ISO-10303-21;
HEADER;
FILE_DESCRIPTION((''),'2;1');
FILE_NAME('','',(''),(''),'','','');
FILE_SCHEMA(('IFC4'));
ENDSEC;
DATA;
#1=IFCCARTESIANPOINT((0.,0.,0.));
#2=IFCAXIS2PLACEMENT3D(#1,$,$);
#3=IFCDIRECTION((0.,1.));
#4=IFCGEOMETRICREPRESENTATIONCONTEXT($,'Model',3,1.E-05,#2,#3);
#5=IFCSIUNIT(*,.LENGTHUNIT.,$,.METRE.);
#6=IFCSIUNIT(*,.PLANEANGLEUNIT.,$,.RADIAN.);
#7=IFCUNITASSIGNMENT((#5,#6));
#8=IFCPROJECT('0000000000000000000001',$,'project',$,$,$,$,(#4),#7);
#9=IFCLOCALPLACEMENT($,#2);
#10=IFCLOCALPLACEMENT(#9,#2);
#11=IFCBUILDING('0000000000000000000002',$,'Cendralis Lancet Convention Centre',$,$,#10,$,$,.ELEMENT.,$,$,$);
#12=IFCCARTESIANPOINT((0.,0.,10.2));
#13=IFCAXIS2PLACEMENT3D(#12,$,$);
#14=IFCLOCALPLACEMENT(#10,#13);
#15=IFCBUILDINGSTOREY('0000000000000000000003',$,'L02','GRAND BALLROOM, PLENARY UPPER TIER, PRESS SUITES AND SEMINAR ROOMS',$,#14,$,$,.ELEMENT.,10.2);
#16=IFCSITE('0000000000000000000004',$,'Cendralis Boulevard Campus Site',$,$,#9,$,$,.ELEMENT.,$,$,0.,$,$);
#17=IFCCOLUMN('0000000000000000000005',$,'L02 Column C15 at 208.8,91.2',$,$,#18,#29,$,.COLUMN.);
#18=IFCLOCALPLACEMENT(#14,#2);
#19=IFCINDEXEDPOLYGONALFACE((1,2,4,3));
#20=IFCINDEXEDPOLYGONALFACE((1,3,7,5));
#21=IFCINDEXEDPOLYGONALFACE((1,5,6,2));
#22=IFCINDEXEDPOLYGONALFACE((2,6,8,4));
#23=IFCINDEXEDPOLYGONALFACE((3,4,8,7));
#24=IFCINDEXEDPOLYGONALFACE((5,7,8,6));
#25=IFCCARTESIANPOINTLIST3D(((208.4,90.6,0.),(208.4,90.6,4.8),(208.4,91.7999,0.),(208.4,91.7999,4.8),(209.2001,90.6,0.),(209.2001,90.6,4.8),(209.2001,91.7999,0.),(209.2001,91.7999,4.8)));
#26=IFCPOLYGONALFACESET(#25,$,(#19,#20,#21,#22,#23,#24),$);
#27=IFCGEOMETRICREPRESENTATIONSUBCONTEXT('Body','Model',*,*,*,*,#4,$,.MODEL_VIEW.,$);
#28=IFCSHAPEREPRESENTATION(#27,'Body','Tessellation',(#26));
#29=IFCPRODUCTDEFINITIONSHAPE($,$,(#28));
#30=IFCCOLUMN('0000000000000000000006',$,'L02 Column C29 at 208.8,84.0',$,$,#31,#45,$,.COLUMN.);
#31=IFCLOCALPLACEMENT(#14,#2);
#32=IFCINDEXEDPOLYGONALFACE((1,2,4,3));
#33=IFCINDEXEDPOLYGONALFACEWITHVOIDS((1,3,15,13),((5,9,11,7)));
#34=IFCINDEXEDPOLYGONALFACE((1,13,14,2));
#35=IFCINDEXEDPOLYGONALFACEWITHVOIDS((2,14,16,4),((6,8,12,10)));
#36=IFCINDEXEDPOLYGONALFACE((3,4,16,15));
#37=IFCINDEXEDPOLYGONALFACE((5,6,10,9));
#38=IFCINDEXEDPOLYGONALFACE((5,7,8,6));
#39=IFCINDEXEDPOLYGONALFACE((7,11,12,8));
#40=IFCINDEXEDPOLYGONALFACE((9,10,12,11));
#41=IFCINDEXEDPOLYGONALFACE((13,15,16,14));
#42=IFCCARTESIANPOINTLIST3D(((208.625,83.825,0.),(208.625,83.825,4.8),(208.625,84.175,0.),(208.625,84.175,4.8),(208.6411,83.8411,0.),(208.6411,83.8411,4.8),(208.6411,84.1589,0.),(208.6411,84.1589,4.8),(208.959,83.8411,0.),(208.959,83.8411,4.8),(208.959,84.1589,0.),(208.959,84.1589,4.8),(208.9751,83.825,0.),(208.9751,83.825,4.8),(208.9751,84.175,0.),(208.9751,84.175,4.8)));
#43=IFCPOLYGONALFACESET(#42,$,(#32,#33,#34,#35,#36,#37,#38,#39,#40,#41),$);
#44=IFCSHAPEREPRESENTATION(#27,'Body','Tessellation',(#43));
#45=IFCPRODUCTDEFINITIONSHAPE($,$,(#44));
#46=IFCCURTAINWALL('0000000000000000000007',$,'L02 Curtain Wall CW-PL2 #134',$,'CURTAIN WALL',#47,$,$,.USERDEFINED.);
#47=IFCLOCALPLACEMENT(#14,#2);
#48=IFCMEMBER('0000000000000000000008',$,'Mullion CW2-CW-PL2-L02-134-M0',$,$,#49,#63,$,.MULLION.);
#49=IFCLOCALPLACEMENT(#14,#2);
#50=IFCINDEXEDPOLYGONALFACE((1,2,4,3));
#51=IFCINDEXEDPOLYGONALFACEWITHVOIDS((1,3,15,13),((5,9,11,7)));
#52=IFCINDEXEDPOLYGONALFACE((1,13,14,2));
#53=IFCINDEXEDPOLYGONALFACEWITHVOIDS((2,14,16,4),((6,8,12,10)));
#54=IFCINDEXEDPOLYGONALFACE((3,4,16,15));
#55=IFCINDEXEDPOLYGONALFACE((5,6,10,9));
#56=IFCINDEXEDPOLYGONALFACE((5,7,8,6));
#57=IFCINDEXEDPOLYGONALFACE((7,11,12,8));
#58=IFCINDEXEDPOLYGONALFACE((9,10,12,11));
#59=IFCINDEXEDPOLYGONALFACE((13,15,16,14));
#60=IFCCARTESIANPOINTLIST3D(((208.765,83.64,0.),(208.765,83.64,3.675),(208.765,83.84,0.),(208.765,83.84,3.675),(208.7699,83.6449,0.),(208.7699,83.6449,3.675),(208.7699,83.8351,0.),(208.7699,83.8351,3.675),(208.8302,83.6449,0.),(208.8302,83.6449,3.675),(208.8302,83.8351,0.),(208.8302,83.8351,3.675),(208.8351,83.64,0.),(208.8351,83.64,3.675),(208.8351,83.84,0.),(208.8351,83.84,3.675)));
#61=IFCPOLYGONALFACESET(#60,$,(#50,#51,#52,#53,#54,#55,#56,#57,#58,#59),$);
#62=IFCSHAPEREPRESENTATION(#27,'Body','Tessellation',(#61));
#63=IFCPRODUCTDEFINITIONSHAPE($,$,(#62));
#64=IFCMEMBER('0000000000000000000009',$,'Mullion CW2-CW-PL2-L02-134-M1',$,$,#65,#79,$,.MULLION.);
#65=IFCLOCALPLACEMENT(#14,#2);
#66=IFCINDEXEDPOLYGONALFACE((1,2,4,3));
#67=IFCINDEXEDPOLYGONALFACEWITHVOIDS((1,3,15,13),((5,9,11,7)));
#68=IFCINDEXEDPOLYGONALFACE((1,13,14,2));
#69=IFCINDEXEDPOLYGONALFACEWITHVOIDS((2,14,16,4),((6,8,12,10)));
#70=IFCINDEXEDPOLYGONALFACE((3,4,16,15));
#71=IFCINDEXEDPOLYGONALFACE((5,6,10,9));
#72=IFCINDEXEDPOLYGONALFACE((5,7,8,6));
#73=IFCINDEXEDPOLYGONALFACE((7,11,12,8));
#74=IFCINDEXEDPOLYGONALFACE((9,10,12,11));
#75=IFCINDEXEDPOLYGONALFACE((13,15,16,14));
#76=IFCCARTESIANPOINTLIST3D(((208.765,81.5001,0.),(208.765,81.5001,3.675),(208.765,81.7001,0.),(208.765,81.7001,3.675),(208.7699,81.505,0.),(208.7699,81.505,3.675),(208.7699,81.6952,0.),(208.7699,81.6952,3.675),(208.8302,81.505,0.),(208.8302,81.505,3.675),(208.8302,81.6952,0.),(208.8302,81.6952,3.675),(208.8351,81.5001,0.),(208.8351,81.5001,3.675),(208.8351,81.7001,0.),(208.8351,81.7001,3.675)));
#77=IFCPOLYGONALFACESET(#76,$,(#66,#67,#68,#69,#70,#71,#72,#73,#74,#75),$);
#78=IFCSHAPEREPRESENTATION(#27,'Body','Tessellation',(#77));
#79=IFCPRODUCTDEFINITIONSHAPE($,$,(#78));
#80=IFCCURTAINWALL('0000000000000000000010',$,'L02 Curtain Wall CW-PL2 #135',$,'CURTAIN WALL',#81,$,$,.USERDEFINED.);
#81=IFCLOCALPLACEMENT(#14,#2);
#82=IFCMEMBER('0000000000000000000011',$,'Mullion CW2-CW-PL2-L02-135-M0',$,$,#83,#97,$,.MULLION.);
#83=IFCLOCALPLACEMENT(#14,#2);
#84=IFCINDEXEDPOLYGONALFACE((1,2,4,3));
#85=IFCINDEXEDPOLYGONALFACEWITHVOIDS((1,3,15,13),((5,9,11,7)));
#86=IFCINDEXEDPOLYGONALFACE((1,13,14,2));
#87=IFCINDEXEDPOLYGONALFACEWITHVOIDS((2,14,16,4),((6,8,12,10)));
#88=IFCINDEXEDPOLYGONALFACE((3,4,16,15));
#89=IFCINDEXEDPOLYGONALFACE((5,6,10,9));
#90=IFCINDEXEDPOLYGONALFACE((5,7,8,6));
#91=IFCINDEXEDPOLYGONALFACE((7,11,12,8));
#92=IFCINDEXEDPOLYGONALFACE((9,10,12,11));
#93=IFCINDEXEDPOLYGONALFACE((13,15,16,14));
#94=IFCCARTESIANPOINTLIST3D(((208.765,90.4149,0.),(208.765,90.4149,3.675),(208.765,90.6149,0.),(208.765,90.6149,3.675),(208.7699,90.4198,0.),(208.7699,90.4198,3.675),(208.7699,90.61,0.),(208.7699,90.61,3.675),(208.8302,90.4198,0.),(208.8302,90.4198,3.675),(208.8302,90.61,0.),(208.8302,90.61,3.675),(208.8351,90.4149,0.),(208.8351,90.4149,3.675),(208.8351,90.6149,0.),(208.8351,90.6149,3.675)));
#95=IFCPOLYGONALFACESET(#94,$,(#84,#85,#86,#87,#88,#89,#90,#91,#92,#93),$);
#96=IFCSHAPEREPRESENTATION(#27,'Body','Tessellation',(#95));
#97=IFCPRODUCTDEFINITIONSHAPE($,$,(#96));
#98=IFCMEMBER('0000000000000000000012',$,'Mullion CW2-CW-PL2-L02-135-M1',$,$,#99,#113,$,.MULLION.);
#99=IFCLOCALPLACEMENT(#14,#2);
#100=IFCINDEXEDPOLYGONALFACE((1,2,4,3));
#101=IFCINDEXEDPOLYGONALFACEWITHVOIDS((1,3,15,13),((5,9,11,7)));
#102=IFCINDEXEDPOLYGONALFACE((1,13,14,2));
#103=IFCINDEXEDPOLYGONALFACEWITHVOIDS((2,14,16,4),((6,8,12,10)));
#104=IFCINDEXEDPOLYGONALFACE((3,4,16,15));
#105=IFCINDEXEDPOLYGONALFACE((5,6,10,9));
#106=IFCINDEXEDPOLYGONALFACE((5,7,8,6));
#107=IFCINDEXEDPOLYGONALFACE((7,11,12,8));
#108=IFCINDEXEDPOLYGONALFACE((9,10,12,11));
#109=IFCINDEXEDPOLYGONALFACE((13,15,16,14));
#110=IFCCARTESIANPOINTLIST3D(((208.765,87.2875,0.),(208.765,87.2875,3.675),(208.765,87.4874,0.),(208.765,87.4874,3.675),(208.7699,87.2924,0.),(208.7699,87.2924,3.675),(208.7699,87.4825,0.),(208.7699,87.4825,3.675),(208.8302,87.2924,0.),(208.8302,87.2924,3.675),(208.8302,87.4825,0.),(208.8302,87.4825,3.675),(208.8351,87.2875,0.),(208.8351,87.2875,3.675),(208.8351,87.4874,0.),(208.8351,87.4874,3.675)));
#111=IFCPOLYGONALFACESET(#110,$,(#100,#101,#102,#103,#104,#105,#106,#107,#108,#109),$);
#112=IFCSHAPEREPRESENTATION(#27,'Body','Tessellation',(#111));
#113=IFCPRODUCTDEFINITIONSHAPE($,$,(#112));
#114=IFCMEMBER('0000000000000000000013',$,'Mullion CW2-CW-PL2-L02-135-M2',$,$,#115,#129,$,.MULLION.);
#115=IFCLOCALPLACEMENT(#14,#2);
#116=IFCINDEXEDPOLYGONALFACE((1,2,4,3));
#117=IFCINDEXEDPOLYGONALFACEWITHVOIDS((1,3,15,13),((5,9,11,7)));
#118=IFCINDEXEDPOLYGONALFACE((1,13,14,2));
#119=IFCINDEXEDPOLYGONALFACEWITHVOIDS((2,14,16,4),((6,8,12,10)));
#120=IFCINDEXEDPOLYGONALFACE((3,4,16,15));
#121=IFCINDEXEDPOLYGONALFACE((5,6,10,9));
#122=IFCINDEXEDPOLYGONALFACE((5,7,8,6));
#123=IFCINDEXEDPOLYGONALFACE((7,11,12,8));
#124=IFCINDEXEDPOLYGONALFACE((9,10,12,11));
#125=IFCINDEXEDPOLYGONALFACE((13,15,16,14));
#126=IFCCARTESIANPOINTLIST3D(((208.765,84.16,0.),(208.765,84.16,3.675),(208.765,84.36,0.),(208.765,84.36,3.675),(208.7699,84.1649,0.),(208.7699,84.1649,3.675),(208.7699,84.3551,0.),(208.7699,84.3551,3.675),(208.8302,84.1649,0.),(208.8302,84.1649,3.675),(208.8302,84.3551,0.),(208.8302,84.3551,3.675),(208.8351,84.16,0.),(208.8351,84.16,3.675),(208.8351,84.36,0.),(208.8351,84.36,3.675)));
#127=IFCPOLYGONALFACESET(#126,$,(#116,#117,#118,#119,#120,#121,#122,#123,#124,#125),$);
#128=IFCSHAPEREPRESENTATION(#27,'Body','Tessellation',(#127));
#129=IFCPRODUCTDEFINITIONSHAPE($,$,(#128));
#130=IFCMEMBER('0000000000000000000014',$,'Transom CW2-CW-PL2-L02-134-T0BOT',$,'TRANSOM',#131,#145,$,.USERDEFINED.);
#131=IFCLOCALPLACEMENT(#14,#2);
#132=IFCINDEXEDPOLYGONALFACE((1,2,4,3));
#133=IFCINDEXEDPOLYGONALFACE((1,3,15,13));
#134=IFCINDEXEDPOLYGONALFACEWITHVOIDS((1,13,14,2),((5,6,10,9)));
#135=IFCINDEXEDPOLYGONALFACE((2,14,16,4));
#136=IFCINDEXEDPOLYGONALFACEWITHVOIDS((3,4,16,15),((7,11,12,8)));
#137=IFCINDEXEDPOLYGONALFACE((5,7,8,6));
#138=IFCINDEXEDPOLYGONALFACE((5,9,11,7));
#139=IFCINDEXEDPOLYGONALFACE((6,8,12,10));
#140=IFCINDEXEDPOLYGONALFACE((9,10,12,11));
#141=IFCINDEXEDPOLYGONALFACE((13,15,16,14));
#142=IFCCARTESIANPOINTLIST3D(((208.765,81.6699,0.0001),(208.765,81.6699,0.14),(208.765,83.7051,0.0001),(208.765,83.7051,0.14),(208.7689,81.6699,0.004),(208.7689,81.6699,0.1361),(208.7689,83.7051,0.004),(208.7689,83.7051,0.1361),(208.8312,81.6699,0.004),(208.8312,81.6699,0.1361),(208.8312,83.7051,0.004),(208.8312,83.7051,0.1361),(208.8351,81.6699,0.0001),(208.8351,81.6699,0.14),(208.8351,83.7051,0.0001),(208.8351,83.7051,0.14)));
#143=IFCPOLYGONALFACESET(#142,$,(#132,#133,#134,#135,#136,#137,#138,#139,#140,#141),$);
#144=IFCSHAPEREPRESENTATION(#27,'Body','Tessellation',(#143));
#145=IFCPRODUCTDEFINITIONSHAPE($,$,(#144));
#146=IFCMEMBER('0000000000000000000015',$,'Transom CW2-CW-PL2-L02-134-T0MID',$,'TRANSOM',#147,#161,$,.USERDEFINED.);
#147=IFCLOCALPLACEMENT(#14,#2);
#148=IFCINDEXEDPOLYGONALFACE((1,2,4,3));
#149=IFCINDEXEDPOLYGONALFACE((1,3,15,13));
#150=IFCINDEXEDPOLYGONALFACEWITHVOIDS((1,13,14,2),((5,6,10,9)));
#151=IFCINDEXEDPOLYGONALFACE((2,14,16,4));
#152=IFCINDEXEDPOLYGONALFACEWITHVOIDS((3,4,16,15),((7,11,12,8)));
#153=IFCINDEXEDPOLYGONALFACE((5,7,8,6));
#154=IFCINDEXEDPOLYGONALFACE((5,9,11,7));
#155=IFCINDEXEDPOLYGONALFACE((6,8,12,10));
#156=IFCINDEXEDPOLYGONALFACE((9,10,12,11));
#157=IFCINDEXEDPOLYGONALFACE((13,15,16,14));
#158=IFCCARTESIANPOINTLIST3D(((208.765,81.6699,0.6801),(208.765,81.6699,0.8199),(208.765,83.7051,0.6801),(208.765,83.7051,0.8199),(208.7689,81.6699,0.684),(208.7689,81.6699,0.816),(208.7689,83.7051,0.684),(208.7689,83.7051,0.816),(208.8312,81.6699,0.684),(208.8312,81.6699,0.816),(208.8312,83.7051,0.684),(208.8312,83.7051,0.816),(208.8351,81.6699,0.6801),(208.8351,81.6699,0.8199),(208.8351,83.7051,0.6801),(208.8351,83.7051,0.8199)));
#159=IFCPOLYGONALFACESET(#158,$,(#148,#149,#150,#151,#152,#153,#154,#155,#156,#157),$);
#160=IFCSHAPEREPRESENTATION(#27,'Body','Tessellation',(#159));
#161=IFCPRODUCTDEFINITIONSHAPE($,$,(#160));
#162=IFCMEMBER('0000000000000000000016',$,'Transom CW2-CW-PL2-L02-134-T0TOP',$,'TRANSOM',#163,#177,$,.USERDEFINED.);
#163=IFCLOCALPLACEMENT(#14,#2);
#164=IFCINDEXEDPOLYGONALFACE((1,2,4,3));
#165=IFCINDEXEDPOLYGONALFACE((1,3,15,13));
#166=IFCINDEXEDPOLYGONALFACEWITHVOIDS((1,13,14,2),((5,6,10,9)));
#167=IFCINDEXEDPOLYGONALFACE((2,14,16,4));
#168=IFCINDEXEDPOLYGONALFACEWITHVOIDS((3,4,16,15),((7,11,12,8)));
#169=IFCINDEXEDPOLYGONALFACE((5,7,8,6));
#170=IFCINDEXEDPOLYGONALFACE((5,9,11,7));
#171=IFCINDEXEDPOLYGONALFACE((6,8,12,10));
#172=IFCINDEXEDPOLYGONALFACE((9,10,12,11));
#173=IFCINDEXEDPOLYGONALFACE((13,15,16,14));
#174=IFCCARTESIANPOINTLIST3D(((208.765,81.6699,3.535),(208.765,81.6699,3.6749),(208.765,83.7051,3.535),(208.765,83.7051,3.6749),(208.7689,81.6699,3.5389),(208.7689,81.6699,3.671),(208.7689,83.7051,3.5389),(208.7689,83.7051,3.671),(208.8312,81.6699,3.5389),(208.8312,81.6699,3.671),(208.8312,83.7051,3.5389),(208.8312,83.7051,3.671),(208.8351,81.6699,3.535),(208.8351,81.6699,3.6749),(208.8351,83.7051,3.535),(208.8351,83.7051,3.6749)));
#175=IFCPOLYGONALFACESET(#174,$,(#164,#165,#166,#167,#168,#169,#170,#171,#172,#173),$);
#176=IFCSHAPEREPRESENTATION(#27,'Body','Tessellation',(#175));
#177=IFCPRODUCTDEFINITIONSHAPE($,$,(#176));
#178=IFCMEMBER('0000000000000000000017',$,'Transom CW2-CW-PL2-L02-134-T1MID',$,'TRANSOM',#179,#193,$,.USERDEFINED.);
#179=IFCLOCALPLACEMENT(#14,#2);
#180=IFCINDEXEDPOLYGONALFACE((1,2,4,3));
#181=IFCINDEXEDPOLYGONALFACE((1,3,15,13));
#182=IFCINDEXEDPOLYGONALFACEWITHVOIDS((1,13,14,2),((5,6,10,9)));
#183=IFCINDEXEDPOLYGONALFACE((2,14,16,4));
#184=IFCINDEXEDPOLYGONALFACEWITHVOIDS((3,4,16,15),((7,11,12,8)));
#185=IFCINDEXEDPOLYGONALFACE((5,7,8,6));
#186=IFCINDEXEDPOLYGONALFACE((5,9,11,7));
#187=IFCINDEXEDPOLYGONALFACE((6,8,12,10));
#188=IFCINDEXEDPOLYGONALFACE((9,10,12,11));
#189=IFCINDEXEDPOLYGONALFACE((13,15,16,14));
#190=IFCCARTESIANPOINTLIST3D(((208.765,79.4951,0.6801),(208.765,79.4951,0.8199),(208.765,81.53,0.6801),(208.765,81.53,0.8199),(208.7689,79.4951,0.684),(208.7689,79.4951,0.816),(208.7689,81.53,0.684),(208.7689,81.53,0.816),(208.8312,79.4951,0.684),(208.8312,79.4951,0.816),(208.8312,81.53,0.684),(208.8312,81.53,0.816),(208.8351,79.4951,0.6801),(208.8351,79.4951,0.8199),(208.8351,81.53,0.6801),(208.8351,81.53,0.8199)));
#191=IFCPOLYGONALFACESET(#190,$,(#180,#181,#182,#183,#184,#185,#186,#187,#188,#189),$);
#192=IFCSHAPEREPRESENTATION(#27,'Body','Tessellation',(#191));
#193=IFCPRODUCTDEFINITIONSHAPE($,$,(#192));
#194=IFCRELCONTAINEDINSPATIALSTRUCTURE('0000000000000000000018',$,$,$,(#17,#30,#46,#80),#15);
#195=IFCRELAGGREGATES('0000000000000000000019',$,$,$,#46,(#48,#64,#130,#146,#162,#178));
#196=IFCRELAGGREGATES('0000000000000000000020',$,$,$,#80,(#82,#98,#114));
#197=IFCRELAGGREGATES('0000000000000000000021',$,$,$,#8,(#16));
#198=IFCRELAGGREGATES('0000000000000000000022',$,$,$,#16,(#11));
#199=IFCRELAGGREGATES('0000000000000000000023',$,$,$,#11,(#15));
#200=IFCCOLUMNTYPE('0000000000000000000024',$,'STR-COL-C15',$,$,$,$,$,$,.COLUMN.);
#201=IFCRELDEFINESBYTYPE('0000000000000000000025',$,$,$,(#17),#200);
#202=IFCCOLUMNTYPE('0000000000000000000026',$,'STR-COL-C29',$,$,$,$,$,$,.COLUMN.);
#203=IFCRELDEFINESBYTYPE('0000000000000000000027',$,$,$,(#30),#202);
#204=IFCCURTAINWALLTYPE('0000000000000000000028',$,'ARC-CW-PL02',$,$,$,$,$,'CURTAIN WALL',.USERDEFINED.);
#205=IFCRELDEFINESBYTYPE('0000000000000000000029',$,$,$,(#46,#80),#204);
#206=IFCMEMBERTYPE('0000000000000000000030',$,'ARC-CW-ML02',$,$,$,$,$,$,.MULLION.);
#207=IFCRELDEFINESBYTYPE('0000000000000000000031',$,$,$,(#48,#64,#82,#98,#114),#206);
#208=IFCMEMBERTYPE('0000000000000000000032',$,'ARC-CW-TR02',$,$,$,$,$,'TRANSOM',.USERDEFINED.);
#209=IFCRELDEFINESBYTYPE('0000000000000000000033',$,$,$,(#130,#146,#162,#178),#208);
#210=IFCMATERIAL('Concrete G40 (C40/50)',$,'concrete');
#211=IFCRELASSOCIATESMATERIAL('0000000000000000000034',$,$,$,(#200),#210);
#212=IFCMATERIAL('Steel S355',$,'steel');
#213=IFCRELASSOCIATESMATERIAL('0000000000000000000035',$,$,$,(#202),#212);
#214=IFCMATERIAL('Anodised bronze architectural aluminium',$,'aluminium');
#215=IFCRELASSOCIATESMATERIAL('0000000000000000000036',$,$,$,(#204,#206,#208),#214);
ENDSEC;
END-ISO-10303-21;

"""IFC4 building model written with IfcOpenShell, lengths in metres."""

from ifc_helpers import new_model, si_unit, direction, frame, origin, origin_2d, place, context, subcontext, project, spatial, rectangle, hollow_rectangle, extrude, material, material_profile, profile_set, type_object, element, aggregate, save


model = new_model("IFC4")

# Units and contexts
model_context = context("Model", 3, precision=1e-05, world=origin(), true_north=direction((0.0, 1.0)))
body_context = subcontext(model_context, "Body", "Model", "MODEL_VIEW")
ifc_project = project(units=[si_unit("LENGTHUNIT", "METRE"), si_unit("PLANEANGLEUNIT", "RADIAN")], contexts=[model_context])

# Site, building, storey
site_placement = place(None, origin())
site = spatial("IfcSite", under=ifc_project, at=site_placement, Name="Cendralis Boulevard Campus Site", CompositionType="ELEMENT", RefElevation=0.0)
building_placement = place(site_placement, origin())
building = spatial("IfcBuilding", under=site, at=building_placement, Name="Cendralis Lancet Convention Centre", CompositionType="ELEMENT")
storey_placement = place(building_placement, frame((0.0, 0.0, 10.2)))
storey = spatial("IfcBuildingStorey", under=building, at=storey_placement, Name="L02", Description="GRAND BALLROOM, PLENARY UPPER TIER, PRESS SUITES AND SEMINAR ROOMS", CompositionType="ELEMENT", Elevation=10.2)

# Columns
ifc_material_1 = material(Name="Concrete G40 (C40/50)", Category="concrete")
ifc_material_profile_1 = material_profile(ifc_material_1, rectangle(XDim=0.8, YDim=1.2, at=origin_2d()), Name="RC 800x1200")
ifc_profile_set_1 = profile_set([ifc_material_profile_1], Name="Concrete G40 (C40/50)")
column_type_1 = type_object("IfcColumnType", Name="STR-COL-C15", PredefinedType="COLUMN", material=ifc_profile_set_1)
column_1_placement = place(storey_placement, frame((208.8, 91.2, 0.0), z_axis=(0.0, 0.0, 1.0), x_axis=(1.0, 0.0, 0.0)))
element("IfcColumn", 1, at=column_1_placement, inside=storey, type_object=column_type_1, Name="L02 Column C15 at 208.8,91.2", PredefinedType="COLUMN", context=body_context, shape_type="SweptSolid", body=[
    extrude(rectangle(XDim=0.8, YDim=1.2, at=origin_2d()), origin(), (0.0, 0.0, 1.0), 4.8),
])
ifc_material_2 = material(Name="Steel S355", Category="steel")
ifc_material_profile_2 = material_profile(ifc_material_2, hollow_rectangle(XDim=0.3501, YDim=0.3501, WallThickness=0.0161, at=origin_2d()), Name="SHS 350x350x16.0")
ifc_profile_set_2 = profile_set([ifc_material_profile_2], Name="Steel S355")
column_type_2 = type_object("IfcColumnType", Name="STR-COL-C29", PredefinedType="COLUMN", material=ifc_profile_set_2)
column_2_placement = place(storey_placement, frame((208.8, 84.0, 0.0), z_axis=(0.0, 0.0, 1.0), x_axis=(1.0, 0.0, 0.0)))
element("IfcColumn", 2, at=column_2_placement, inside=storey, type_object=column_type_2, Name="L02 Column C29 at 208.8,84.0", PredefinedType="COLUMN", context=body_context, shape_type="SweptSolid", body=[
    extrude(hollow_rectangle(XDim=0.3501, YDim=0.3501, WallThickness=0.0161, at=origin_2d()), origin(), (0.0, 0.0, 1.0), 4.8),
])

# Curtain walls, members
ifc_material_3 = material(Name="Anodised bronze architectural aluminium", Category="aluminium")
curtain_wall_type = type_object("IfcCurtainWallType", Name="ARC-CW-PL02", ElementType="CURTAIN WALL", PredefinedType="USERDEFINED", material=ifc_material_3)
curtain_wall_1_placement = place(storey_placement, origin())
curtain_wall_1 = element("IfcCurtainWall", 3, at=curtain_wall_1_placement, inside=storey, type_object=curtain_wall_type, Name="L02 Curtain Wall CW-PL2 #134", ObjectType="CURTAIN WALL", PredefinedType="USERDEFINED")
ifc_material_profile_3 = material_profile(ifc_material_3, hollow_rectangle(XDim=0.0701, YDim=0.2, WallThickness=0.0049, at=origin_2d()), Name="AL-MULL 70x200x5.0")
ifc_profile_set_3 = profile_set([ifc_material_profile_3], Name="Anodised bronze architectural aluminium")
member_type_1 = type_object("IfcMemberType", Name="ARC-CW-ML02", PredefinedType="MULLION", material=ifc_profile_set_3)
member_1_placement = place(storey_placement, frame((208.8, 83.74, 0.0), z_axis=(0.0, 0.0, 1.0), x_axis=(1.0, 0.0, 0.0)))
member_1 = element("IfcMember", 4, at=member_1_placement, type_object=member_type_1, Name="Mullion CW2-CW-PL2-L02-134-M0", PredefinedType="MULLION", context=body_context, shape_type="SweptSolid", body=[
    extrude(hollow_rectangle(XDim=0.0701, YDim=0.2, WallThickness=0.0049, at=origin_2d()), origin(), (0.0, 0.0, 1.0), 3.675),
])
member_2_placement = place(storey_placement, frame((208.8, 81.6001, 0.0), z_axis=(0.0, 0.0, 1.0), x_axis=(1.0, 0.0, 0.0)))
member_2 = element("IfcMember", 5, at=member_2_placement, type_object=member_type_1, Name="Mullion CW2-CW-PL2-L02-134-M1", PredefinedType="MULLION", context=body_context, shape_type="SweptSolid", body=[
    extrude(hollow_rectangle(XDim=0.0701, YDim=0.2, WallThickness=0.0049, at=origin_2d()), origin(), (0.0, 0.0, 1.0), 3.675),
])
curtain_wall_2_placement = place(storey_placement, origin())
curtain_wall_2 = element("IfcCurtainWall", 6, at=curtain_wall_2_placement, inside=storey, type_object=curtain_wall_type, Name="L02 Curtain Wall CW-PL2 #135", ObjectType="CURTAIN WALL", PredefinedType="USERDEFINED")
member_3_placement = place(storey_placement, frame((208.8, 90.5149, 0.0), z_axis=(0.0, 0.0, 1.0), x_axis=(1.0, 0.0, 0.0)))
member_3 = element("IfcMember", 7, at=member_3_placement, type_object=member_type_1, Name="Mullion CW2-CW-PL2-L02-135-M0", PredefinedType="MULLION", context=body_context, shape_type="SweptSolid", body=[
    extrude(hollow_rectangle(XDim=0.0701, YDim=0.2, WallThickness=0.0049, at=origin_2d()), origin(), (0.0, 0.0, 1.0), 3.675),
])
member_4_placement = place(storey_placement, frame((208.8, 87.3875, 0.0), z_axis=(0.0, 0.0, 1.0), x_axis=(1.0, 0.0, 0.0)))
member_4 = element("IfcMember", 8, at=member_4_placement, type_object=member_type_1, Name="Mullion CW2-CW-PL2-L02-135-M1", PredefinedType="MULLION", context=body_context, shape_type="SweptSolid", body=[
    extrude(hollow_rectangle(XDim=0.0701, YDim=0.2, WallThickness=0.0049, at=origin_2d()), origin(), (0.0, 0.0, 1.0), 3.675),
])
member_5_placement = place(storey_placement, frame((208.8, 84.26, 0.0), z_axis=(0.0, 0.0, 1.0), x_axis=(1.0, 0.0, 0.0)))
member_5 = element("IfcMember", 9, at=member_5_placement, type_object=member_type_1, Name="Mullion CW2-CW-PL2-L02-135-M2", PredefinedType="MULLION", context=body_context, shape_type="SweptSolid", body=[
    extrude(hollow_rectangle(XDim=0.0701, YDim=0.2, WallThickness=0.0049, at=origin_2d()), origin(), (0.0, 0.0, 1.0), 3.675),
])

# Members
ifc_material_profile_4 = material_profile(ifc_material_3, hollow_rectangle(XDim=0.0701, YDim=0.1399, WallThickness=0.0039, at=origin_2d()), Name="AL-TRAN 70x140x4.0")
ifc_profile_set_4 = profile_set([ifc_material_profile_4], Name="Anodised bronze architectural aluminium")
member_type_2 = type_object("IfcMemberType", Name="ARC-CW-TR02", ElementType="TRANSOM", PredefinedType="USERDEFINED", material=ifc_profile_set_4)
member_6_placement = place(storey_placement, frame((208.8, 83.7051, 0.0701), z_axis=(0.0, -1.0, 0.0), x_axis=(1.0, 0.0, 0.0)))
member_6 = element("IfcMember", 10, at=member_6_placement, type_object=member_type_2, Name="Transom CW2-CW-PL2-L02-134-T0BOT", ObjectType="TRANSOM", PredefinedType="USERDEFINED", context=body_context, shape_type="SweptSolid", body=[
    extrude(hollow_rectangle(XDim=0.0701, YDim=0.1399, WallThickness=0.0039, at=origin_2d()), origin(), (0.0, 0.0, 1.0), 2.0352),
])
member_7_placement = place(storey_placement, frame((208.8, 83.7051, 0.75), z_axis=(0.0, -1.0, 0.0), x_axis=(1.0, 0.0, 0.0)))
member_7 = element("IfcMember", 11, at=member_7_placement, type_object=member_type_2, Name="Transom CW2-CW-PL2-L02-134-T0MID", ObjectType="TRANSOM", PredefinedType="USERDEFINED", context=body_context, shape_type="SweptSolid", body=[
    extrude(hollow_rectangle(XDim=0.0701, YDim=0.1399, WallThickness=0.0039, at=origin_2d()), origin(), (0.0, 0.0, 1.0), 2.0352),
])
member_8_placement = place(storey_placement, frame((208.8, 83.7051, 3.605), z_axis=(0.0, -1.0, 0.0), x_axis=(1.0, 0.0, 0.0)))
member_8 = element("IfcMember", 12, at=member_8_placement, type_object=member_type_2, Name="Transom CW2-CW-PL2-L02-134-T0TOP", ObjectType="TRANSOM", PredefinedType="USERDEFINED", context=body_context, shape_type="SweptSolid", body=[
    extrude(hollow_rectangle(XDim=0.0701, YDim=0.1399, WallThickness=0.0039, at=origin_2d()), origin(), (0.0, 0.0, 1.0), 2.0352),
])
member_9_placement = place(storey_placement, frame((208.8, 81.53, 0.75), z_axis=(0.0, -1.0, 0.0), x_axis=(1.0, 0.0, 0.0)))
member_9 = element("IfcMember", 13, at=member_9_placement, type_object=member_type_2, Name="Transom CW2-CW-PL2-L02-134-T1MID", ObjectType="TRANSOM", PredefinedType="USERDEFINED", context=body_context, shape_type="SweptSolid", body=[
    extrude(hollow_rectangle(XDim=0.0701, YDim=0.1399, WallThickness=0.0039, at=origin_2d()), origin(), (0.0, 0.0, 1.0), 2.0349),
])

aggregate(curtain_wall_1, [member_1, member_2, member_6, member_7, member_8, member_9])
aggregate(curtain_wall_2, [member_3, member_4, member_5])

save(model, "model.ifc")
